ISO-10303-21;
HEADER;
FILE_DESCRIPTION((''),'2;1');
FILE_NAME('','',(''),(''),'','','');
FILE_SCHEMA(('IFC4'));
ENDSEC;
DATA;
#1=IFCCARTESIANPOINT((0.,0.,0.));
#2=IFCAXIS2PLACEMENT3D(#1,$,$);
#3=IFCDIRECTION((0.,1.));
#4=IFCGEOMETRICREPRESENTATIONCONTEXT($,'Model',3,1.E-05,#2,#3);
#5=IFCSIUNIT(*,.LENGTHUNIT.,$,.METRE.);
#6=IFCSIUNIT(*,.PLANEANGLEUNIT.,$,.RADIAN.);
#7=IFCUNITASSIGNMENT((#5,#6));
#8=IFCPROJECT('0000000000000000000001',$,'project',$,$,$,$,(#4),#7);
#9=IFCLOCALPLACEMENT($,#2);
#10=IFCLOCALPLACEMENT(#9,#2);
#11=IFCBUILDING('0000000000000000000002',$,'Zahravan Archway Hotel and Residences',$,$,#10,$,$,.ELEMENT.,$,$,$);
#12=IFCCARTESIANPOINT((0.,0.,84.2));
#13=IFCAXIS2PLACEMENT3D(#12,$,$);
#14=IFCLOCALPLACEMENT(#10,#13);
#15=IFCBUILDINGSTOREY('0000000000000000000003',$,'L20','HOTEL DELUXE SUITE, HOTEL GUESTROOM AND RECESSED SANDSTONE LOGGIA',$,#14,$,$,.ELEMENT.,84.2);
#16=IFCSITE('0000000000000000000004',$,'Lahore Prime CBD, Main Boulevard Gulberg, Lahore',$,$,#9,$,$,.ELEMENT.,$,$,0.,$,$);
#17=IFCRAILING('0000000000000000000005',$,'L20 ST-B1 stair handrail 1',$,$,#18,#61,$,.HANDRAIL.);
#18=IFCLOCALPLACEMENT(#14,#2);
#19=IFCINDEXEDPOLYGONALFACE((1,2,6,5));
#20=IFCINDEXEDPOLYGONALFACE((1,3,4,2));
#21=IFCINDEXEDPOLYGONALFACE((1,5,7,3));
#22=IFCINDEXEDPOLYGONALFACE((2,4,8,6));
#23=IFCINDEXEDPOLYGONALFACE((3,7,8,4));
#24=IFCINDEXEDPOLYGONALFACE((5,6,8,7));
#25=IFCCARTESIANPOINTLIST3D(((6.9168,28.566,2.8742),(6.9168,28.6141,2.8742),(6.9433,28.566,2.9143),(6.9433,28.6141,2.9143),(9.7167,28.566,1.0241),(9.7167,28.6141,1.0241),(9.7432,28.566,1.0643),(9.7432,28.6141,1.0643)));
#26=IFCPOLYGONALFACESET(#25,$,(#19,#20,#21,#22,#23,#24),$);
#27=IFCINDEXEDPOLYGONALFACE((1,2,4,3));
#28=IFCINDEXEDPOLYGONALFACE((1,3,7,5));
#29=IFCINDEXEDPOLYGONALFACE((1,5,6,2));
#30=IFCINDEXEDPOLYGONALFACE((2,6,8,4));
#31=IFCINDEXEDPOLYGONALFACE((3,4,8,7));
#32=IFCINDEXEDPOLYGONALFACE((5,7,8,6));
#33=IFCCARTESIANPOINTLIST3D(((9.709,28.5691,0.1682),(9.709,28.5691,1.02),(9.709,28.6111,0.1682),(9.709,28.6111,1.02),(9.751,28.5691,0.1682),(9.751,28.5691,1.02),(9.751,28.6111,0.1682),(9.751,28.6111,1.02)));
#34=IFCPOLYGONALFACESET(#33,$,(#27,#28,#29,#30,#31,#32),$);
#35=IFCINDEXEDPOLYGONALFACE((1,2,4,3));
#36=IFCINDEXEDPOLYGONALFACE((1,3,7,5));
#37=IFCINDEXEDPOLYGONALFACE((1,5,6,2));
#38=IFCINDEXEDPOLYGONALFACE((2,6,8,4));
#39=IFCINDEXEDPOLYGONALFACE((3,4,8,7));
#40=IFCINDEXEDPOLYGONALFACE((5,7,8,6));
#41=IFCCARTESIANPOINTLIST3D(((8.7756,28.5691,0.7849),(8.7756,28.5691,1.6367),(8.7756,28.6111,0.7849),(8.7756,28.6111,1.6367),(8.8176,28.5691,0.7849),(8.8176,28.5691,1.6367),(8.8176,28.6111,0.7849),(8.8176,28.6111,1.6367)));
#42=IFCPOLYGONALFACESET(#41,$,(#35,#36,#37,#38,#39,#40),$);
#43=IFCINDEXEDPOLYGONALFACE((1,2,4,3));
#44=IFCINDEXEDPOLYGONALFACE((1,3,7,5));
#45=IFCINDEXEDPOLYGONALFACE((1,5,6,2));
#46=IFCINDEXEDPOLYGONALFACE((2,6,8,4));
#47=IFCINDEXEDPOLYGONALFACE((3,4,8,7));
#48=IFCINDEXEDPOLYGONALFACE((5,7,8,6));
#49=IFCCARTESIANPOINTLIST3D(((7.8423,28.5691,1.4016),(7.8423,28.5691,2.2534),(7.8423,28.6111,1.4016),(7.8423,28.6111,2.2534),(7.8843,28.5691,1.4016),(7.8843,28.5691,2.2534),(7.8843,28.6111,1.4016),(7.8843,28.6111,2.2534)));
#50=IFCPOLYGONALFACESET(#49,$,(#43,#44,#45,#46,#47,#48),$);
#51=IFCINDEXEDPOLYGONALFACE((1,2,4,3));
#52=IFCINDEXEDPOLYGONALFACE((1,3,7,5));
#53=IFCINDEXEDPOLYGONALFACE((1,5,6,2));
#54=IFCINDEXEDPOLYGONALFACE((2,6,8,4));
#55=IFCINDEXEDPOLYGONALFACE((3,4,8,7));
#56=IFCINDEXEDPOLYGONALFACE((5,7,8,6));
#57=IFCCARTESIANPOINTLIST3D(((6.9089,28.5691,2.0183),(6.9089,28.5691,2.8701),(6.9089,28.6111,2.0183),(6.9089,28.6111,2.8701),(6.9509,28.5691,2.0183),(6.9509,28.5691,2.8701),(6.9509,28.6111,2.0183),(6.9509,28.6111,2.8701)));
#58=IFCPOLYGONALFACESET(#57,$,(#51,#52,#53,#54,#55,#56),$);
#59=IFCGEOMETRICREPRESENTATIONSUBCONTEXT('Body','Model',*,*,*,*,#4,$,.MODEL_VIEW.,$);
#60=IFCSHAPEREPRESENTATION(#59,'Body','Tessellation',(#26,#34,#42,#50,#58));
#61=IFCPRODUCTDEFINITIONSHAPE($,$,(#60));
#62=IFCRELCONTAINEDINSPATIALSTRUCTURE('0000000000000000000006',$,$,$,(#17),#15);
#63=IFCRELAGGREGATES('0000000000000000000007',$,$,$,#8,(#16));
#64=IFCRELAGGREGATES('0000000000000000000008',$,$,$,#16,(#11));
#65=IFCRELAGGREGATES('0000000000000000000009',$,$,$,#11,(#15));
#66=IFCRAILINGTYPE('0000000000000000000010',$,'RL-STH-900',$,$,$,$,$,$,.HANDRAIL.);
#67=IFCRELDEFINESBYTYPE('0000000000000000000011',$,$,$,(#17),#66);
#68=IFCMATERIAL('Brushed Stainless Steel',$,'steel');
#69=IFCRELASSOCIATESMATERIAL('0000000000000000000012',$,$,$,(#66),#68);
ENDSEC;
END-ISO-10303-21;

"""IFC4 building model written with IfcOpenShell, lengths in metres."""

from ifc_helpers import new_model, si_unit, direction, frame, origin, origin_2d, place, context, subcontext, project, spatial, rectangle, extrude, material, type_object, element, save


model = new_model("IFC4")

# Units and contexts
model_context = context("Model", 3, precision=1e-05, world=origin(), true_north=direction((0.0, 1.0)))
body_context = subcontext(model_context, "Body", "Model", "MODEL_VIEW")
ifc_project = project(units=[si_unit("LENGTHUNIT", "METRE"), si_unit("PLANEANGLEUNIT", "RADIAN")], contexts=[model_context])

# Site, building, storey
site_placement = place(None, origin())
site = spatial("IfcSite", under=ifc_project, at=site_placement, Name="Lahore Prime CBD, Main Boulevard Gulberg, Lahore", CompositionType="ELEMENT", RefElevation=0.0)
building_placement = place(site_placement, origin())
building = spatial("IfcBuilding", under=site, at=building_placement, Name="Zahravan Archway Hotel and Residences", CompositionType="ELEMENT")
storey_placement = place(building_placement, frame((0.0, 0.0, 84.2)))
storey = spatial("IfcBuildingStorey", under=building, at=storey_placement, Name="L20", Description="HOTEL DELUXE SUITE, HOTEL GUESTROOM AND RECESSED SANDSTONE LOGGIA", CompositionType="ELEMENT", Elevation=84.2)

# Shared definitions
ifc_material_1 = material(Name="Brushed Stainless Steel", Category="steel")

# Railing
railing_type_1 = type_object("IfcRailingType", Name="RL-STH-900", PredefinedType="HANDRAIL", material=ifc_material_1)
railing_1_placement = place(storey_placement, frame((9.73, 28.5901, 0.1682)))
element("IfcRailing", 1, at=railing_1_placement, inside=storey, type_object=railing_type_1, Name="L20 ST-B1 stair handrail 1", PredefinedType="HANDRAIL", context=body_context, shape_type="SweptSolid", body=[
    extrude(rectangle(XDim=0.0481, YDim=0.0481, at=origin_2d()), frame((0.0, 0.0, 0.876), z_axis=(-0.834326, 0.0, 0.551271), x_axis=(0.0, -1.0, 0.0)), (0.0, 0.0, 1.0), 3.356),
    extrude(rectangle(XDim=0.042, YDim=0.042, at=origin_2d()), origin(), (0.0, 0.0, 1.0), 0.8518),
    extrude(rectangle(XDim=0.042, YDim=0.042, at=origin_2d()), frame((-0.9333, 0.0, 0.6167)), (0.0, 0.0, 1.0), 0.8518),
    extrude(rectangle(XDim=0.042, YDim=0.042, at=origin_2d()), frame((-1.8667, 0.0, 1.2334)), (0.0, 0.0, 1.0), 0.8518),
    extrude(rectangle(XDim=0.042, YDim=0.042, at=origin_2d()), frame((-2.8, 0.0, 1.8501)), (0.0, 0.0, 1.0), 0.8518),
])

save(model, "model.ifc")
